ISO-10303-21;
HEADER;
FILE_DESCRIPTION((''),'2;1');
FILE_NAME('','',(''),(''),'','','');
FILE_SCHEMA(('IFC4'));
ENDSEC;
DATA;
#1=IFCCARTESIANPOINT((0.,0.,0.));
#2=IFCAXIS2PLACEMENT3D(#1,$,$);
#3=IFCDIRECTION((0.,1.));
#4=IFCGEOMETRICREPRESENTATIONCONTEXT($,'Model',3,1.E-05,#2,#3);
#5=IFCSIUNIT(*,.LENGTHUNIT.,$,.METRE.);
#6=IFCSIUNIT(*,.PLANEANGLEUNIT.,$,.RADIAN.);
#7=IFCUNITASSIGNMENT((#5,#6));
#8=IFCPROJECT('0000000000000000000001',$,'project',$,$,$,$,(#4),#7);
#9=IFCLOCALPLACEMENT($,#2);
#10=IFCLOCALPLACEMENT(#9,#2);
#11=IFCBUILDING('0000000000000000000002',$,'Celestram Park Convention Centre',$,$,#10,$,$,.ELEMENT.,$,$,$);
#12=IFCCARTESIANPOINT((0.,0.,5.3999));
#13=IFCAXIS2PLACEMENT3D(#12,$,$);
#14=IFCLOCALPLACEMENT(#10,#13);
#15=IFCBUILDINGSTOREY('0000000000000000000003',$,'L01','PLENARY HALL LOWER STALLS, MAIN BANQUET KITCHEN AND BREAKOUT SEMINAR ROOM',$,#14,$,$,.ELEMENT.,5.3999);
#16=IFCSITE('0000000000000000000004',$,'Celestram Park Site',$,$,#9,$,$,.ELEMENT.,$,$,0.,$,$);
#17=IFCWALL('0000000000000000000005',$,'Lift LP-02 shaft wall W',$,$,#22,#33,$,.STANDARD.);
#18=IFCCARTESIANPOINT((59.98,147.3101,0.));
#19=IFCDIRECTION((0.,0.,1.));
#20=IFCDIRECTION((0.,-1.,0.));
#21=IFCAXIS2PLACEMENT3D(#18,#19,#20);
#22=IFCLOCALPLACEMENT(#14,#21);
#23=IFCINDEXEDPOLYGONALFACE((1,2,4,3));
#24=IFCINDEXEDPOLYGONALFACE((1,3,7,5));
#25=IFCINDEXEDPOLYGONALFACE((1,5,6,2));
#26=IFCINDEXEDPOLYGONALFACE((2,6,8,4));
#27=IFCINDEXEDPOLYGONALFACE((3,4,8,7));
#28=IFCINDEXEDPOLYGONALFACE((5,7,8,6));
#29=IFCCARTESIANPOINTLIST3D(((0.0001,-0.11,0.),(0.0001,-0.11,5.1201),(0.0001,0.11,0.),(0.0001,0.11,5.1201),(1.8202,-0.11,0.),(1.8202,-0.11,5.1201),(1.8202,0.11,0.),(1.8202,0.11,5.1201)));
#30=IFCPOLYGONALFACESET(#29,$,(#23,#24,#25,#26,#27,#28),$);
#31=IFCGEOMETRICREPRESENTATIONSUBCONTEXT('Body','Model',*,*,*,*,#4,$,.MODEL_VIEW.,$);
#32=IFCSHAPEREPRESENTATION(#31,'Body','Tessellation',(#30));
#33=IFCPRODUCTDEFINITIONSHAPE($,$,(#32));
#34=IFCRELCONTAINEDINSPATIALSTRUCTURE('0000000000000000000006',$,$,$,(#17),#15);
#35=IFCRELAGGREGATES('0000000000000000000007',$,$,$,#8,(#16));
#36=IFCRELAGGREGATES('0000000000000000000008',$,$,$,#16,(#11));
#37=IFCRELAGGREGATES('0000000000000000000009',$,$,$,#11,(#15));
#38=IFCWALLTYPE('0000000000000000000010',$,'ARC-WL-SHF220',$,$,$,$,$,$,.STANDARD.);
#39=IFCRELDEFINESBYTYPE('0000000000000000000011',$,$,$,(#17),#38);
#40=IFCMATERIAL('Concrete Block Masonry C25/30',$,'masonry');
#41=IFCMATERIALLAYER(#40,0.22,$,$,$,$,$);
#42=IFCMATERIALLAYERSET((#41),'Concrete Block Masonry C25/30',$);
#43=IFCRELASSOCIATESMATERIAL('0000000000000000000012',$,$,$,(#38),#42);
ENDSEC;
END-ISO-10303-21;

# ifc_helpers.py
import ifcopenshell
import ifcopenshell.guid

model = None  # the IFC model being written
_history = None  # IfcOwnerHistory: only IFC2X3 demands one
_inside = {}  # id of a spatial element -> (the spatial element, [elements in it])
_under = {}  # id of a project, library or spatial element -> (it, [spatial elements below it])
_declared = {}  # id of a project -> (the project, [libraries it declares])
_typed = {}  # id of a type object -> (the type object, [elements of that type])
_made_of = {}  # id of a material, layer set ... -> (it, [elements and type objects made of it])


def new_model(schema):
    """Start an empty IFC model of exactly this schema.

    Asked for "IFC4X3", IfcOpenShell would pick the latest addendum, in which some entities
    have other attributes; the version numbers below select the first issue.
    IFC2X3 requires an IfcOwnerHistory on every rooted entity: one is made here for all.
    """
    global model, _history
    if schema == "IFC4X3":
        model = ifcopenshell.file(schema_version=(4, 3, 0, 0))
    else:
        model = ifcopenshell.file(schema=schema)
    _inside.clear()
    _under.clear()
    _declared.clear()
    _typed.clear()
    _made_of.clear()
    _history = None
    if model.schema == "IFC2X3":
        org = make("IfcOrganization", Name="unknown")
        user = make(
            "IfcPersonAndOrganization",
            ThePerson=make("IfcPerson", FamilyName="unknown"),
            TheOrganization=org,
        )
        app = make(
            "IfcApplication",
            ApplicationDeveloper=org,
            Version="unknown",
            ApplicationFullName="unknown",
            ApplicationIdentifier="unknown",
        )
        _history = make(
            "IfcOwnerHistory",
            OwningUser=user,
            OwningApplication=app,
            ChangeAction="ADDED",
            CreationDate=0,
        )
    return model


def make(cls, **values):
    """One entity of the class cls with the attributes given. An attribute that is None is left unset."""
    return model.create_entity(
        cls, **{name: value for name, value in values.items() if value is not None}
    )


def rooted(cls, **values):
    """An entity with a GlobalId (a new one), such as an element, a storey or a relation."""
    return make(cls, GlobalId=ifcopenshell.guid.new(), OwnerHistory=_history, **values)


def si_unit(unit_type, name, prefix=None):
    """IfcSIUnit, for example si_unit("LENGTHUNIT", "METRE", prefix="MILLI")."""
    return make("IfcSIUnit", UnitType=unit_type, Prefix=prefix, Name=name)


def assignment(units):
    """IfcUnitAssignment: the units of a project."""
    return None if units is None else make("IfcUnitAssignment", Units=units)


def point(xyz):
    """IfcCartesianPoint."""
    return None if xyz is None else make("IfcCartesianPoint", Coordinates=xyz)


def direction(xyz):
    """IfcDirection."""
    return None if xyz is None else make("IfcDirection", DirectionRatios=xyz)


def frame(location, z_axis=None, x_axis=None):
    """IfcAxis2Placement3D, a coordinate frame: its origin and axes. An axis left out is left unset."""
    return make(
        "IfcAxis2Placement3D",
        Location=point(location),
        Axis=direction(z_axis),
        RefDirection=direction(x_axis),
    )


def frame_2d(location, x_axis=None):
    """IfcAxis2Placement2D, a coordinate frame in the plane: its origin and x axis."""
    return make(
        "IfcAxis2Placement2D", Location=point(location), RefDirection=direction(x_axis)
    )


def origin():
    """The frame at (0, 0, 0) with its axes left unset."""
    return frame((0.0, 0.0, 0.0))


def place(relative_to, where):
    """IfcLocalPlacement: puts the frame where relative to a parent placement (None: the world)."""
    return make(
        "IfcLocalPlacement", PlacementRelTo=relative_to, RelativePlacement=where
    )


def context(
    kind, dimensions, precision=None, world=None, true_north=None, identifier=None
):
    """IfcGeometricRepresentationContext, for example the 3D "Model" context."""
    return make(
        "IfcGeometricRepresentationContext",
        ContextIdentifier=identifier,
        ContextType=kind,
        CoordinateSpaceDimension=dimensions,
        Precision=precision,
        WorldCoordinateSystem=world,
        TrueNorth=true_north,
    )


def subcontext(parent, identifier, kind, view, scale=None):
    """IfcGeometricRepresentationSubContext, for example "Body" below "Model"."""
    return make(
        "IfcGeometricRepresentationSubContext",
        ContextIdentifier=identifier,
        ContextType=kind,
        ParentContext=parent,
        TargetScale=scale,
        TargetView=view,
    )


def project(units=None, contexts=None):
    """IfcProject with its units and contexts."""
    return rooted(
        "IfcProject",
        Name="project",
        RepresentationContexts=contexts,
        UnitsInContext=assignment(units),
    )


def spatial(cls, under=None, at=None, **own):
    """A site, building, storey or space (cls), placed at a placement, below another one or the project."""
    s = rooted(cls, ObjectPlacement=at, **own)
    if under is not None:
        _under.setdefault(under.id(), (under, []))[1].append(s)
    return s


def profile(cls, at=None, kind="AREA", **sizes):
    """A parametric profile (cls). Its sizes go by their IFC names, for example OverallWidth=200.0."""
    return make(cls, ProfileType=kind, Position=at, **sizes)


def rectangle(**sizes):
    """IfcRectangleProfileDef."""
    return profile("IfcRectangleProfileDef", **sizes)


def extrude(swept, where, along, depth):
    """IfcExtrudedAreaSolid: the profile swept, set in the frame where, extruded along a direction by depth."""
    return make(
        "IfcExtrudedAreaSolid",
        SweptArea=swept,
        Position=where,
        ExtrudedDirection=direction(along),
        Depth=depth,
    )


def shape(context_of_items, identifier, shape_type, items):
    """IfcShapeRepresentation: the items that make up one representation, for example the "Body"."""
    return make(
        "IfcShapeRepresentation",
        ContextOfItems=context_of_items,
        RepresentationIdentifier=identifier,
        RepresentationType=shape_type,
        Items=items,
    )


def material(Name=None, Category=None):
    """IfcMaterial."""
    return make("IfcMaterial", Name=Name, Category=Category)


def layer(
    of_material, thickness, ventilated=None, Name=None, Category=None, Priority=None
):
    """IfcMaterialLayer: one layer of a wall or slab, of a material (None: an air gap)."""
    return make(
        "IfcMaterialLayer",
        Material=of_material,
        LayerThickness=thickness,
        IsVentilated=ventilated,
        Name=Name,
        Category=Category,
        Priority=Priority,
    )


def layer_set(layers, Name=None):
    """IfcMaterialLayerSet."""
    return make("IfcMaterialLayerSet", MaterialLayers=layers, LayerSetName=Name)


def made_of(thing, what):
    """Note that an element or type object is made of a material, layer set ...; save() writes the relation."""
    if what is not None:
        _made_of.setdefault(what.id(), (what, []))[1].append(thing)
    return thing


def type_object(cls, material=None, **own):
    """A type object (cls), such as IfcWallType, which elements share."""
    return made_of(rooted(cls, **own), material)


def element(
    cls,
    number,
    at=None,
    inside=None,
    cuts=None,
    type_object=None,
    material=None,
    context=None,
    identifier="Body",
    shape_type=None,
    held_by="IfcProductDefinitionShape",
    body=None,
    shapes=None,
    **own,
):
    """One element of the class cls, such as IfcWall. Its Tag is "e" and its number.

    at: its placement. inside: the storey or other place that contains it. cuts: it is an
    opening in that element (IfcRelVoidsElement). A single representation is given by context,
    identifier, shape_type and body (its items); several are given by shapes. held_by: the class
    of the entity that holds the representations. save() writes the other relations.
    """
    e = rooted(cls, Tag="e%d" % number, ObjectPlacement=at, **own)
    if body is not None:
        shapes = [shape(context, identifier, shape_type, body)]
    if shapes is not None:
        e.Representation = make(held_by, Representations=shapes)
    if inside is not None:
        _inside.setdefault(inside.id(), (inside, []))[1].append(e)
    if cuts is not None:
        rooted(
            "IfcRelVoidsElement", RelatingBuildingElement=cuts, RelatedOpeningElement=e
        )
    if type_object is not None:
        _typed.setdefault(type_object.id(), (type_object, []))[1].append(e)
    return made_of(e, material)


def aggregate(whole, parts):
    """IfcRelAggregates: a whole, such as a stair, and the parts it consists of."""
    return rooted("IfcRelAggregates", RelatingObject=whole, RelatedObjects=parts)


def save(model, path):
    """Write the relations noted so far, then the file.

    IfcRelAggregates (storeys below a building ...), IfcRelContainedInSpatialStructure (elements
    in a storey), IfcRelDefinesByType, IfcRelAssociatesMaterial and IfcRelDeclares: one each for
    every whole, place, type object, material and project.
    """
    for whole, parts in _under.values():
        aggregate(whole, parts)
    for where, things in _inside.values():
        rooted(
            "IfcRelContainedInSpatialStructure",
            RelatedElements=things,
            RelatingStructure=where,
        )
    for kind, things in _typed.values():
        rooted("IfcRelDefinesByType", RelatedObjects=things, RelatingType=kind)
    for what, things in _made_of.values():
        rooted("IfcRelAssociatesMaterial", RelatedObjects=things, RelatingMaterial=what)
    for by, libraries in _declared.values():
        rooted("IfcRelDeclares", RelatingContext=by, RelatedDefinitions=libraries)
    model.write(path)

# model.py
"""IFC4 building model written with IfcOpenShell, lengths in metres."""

from ifc_helpers import new_model, si_unit, direction, frame, frame_2d, origin, place, context, subcontext, project, spatial, rectangle, extrude, material, layer, layer_set, type_object, element, save


model = new_model("IFC4")

# Units and contexts
model_context = context("Model", 3, precision=1e-05, world=origin(), true_north=direction((0.0, 1.0)))
body_context = subcontext(model_context, "Body", "Model", "MODEL_VIEW")
ifc_project = project(units=[si_unit("LENGTHUNIT", "METRE"), si_unit("PLANEANGLEUNIT", "RADIAN")], contexts=[model_context])

# Site, building, storey
site_placement = place(None, origin())
site = spatial("IfcSite", under=ifc_project, at=site_placement, Name="Celestram Park Site", CompositionType="ELEMENT", RefElevation=0.0)
building_placement = place(site_placement, origin())
building = spatial("IfcBuilding", under=site, at=building_placement, Name="Celestram Park Convention Centre", CompositionType="ELEMENT")
storey_placement = place(building_placement, frame((0.0, 0.0, 5.3999)))
storey = spatial("IfcBuildingStorey", under=building, at=storey_placement, Name="L01", Description="PLENARY HALL LOWER STALLS, MAIN BANQUET KITCHEN AND BREAKOUT SEMINAR ROOM", CompositionType="ELEMENT", Elevation=5.3999)

# Shared definitions
ifc_material_1 = material(Name="Concrete Block Masonry C25/30", Category="masonry")
ifc_layer_1 = layer(ifc_material_1, 0.22)
ifc_layer_set_1 = layer_set([ifc_layer_1], Name="Concrete Block Masonry C25/30")
wall_type_1 = type_object("IfcWallType", Name="ARC-WL-SHF220", PredefinedType="STANDARD", material=ifc_layer_set_1)

# Wall
for number, where, z_axis, x_axis, name in (
    (1, (59.98, 147.3101, 0.0), (0.0, 0.0, 1.0), (0.0, -1.0, 0.0), "Lift LP-02 shaft wall W"),
):
    element("IfcWall", number, at=place(storey_placement, frame(where, z_axis=z_axis, x_axis=x_axis)), inside=storey, type_object=wall_type_1, Name=name, PredefinedType="STANDARD", context=body_context, shape_type="SweptSolid", body=[
        extrude(rectangle(XDim=1.8201, YDim=0.22, at=frame_2d((0.9102, 0.0))), origin(), (0.0, 0.0, 1.0), 5.1201),
    ])

save(model, "model.ifc")
